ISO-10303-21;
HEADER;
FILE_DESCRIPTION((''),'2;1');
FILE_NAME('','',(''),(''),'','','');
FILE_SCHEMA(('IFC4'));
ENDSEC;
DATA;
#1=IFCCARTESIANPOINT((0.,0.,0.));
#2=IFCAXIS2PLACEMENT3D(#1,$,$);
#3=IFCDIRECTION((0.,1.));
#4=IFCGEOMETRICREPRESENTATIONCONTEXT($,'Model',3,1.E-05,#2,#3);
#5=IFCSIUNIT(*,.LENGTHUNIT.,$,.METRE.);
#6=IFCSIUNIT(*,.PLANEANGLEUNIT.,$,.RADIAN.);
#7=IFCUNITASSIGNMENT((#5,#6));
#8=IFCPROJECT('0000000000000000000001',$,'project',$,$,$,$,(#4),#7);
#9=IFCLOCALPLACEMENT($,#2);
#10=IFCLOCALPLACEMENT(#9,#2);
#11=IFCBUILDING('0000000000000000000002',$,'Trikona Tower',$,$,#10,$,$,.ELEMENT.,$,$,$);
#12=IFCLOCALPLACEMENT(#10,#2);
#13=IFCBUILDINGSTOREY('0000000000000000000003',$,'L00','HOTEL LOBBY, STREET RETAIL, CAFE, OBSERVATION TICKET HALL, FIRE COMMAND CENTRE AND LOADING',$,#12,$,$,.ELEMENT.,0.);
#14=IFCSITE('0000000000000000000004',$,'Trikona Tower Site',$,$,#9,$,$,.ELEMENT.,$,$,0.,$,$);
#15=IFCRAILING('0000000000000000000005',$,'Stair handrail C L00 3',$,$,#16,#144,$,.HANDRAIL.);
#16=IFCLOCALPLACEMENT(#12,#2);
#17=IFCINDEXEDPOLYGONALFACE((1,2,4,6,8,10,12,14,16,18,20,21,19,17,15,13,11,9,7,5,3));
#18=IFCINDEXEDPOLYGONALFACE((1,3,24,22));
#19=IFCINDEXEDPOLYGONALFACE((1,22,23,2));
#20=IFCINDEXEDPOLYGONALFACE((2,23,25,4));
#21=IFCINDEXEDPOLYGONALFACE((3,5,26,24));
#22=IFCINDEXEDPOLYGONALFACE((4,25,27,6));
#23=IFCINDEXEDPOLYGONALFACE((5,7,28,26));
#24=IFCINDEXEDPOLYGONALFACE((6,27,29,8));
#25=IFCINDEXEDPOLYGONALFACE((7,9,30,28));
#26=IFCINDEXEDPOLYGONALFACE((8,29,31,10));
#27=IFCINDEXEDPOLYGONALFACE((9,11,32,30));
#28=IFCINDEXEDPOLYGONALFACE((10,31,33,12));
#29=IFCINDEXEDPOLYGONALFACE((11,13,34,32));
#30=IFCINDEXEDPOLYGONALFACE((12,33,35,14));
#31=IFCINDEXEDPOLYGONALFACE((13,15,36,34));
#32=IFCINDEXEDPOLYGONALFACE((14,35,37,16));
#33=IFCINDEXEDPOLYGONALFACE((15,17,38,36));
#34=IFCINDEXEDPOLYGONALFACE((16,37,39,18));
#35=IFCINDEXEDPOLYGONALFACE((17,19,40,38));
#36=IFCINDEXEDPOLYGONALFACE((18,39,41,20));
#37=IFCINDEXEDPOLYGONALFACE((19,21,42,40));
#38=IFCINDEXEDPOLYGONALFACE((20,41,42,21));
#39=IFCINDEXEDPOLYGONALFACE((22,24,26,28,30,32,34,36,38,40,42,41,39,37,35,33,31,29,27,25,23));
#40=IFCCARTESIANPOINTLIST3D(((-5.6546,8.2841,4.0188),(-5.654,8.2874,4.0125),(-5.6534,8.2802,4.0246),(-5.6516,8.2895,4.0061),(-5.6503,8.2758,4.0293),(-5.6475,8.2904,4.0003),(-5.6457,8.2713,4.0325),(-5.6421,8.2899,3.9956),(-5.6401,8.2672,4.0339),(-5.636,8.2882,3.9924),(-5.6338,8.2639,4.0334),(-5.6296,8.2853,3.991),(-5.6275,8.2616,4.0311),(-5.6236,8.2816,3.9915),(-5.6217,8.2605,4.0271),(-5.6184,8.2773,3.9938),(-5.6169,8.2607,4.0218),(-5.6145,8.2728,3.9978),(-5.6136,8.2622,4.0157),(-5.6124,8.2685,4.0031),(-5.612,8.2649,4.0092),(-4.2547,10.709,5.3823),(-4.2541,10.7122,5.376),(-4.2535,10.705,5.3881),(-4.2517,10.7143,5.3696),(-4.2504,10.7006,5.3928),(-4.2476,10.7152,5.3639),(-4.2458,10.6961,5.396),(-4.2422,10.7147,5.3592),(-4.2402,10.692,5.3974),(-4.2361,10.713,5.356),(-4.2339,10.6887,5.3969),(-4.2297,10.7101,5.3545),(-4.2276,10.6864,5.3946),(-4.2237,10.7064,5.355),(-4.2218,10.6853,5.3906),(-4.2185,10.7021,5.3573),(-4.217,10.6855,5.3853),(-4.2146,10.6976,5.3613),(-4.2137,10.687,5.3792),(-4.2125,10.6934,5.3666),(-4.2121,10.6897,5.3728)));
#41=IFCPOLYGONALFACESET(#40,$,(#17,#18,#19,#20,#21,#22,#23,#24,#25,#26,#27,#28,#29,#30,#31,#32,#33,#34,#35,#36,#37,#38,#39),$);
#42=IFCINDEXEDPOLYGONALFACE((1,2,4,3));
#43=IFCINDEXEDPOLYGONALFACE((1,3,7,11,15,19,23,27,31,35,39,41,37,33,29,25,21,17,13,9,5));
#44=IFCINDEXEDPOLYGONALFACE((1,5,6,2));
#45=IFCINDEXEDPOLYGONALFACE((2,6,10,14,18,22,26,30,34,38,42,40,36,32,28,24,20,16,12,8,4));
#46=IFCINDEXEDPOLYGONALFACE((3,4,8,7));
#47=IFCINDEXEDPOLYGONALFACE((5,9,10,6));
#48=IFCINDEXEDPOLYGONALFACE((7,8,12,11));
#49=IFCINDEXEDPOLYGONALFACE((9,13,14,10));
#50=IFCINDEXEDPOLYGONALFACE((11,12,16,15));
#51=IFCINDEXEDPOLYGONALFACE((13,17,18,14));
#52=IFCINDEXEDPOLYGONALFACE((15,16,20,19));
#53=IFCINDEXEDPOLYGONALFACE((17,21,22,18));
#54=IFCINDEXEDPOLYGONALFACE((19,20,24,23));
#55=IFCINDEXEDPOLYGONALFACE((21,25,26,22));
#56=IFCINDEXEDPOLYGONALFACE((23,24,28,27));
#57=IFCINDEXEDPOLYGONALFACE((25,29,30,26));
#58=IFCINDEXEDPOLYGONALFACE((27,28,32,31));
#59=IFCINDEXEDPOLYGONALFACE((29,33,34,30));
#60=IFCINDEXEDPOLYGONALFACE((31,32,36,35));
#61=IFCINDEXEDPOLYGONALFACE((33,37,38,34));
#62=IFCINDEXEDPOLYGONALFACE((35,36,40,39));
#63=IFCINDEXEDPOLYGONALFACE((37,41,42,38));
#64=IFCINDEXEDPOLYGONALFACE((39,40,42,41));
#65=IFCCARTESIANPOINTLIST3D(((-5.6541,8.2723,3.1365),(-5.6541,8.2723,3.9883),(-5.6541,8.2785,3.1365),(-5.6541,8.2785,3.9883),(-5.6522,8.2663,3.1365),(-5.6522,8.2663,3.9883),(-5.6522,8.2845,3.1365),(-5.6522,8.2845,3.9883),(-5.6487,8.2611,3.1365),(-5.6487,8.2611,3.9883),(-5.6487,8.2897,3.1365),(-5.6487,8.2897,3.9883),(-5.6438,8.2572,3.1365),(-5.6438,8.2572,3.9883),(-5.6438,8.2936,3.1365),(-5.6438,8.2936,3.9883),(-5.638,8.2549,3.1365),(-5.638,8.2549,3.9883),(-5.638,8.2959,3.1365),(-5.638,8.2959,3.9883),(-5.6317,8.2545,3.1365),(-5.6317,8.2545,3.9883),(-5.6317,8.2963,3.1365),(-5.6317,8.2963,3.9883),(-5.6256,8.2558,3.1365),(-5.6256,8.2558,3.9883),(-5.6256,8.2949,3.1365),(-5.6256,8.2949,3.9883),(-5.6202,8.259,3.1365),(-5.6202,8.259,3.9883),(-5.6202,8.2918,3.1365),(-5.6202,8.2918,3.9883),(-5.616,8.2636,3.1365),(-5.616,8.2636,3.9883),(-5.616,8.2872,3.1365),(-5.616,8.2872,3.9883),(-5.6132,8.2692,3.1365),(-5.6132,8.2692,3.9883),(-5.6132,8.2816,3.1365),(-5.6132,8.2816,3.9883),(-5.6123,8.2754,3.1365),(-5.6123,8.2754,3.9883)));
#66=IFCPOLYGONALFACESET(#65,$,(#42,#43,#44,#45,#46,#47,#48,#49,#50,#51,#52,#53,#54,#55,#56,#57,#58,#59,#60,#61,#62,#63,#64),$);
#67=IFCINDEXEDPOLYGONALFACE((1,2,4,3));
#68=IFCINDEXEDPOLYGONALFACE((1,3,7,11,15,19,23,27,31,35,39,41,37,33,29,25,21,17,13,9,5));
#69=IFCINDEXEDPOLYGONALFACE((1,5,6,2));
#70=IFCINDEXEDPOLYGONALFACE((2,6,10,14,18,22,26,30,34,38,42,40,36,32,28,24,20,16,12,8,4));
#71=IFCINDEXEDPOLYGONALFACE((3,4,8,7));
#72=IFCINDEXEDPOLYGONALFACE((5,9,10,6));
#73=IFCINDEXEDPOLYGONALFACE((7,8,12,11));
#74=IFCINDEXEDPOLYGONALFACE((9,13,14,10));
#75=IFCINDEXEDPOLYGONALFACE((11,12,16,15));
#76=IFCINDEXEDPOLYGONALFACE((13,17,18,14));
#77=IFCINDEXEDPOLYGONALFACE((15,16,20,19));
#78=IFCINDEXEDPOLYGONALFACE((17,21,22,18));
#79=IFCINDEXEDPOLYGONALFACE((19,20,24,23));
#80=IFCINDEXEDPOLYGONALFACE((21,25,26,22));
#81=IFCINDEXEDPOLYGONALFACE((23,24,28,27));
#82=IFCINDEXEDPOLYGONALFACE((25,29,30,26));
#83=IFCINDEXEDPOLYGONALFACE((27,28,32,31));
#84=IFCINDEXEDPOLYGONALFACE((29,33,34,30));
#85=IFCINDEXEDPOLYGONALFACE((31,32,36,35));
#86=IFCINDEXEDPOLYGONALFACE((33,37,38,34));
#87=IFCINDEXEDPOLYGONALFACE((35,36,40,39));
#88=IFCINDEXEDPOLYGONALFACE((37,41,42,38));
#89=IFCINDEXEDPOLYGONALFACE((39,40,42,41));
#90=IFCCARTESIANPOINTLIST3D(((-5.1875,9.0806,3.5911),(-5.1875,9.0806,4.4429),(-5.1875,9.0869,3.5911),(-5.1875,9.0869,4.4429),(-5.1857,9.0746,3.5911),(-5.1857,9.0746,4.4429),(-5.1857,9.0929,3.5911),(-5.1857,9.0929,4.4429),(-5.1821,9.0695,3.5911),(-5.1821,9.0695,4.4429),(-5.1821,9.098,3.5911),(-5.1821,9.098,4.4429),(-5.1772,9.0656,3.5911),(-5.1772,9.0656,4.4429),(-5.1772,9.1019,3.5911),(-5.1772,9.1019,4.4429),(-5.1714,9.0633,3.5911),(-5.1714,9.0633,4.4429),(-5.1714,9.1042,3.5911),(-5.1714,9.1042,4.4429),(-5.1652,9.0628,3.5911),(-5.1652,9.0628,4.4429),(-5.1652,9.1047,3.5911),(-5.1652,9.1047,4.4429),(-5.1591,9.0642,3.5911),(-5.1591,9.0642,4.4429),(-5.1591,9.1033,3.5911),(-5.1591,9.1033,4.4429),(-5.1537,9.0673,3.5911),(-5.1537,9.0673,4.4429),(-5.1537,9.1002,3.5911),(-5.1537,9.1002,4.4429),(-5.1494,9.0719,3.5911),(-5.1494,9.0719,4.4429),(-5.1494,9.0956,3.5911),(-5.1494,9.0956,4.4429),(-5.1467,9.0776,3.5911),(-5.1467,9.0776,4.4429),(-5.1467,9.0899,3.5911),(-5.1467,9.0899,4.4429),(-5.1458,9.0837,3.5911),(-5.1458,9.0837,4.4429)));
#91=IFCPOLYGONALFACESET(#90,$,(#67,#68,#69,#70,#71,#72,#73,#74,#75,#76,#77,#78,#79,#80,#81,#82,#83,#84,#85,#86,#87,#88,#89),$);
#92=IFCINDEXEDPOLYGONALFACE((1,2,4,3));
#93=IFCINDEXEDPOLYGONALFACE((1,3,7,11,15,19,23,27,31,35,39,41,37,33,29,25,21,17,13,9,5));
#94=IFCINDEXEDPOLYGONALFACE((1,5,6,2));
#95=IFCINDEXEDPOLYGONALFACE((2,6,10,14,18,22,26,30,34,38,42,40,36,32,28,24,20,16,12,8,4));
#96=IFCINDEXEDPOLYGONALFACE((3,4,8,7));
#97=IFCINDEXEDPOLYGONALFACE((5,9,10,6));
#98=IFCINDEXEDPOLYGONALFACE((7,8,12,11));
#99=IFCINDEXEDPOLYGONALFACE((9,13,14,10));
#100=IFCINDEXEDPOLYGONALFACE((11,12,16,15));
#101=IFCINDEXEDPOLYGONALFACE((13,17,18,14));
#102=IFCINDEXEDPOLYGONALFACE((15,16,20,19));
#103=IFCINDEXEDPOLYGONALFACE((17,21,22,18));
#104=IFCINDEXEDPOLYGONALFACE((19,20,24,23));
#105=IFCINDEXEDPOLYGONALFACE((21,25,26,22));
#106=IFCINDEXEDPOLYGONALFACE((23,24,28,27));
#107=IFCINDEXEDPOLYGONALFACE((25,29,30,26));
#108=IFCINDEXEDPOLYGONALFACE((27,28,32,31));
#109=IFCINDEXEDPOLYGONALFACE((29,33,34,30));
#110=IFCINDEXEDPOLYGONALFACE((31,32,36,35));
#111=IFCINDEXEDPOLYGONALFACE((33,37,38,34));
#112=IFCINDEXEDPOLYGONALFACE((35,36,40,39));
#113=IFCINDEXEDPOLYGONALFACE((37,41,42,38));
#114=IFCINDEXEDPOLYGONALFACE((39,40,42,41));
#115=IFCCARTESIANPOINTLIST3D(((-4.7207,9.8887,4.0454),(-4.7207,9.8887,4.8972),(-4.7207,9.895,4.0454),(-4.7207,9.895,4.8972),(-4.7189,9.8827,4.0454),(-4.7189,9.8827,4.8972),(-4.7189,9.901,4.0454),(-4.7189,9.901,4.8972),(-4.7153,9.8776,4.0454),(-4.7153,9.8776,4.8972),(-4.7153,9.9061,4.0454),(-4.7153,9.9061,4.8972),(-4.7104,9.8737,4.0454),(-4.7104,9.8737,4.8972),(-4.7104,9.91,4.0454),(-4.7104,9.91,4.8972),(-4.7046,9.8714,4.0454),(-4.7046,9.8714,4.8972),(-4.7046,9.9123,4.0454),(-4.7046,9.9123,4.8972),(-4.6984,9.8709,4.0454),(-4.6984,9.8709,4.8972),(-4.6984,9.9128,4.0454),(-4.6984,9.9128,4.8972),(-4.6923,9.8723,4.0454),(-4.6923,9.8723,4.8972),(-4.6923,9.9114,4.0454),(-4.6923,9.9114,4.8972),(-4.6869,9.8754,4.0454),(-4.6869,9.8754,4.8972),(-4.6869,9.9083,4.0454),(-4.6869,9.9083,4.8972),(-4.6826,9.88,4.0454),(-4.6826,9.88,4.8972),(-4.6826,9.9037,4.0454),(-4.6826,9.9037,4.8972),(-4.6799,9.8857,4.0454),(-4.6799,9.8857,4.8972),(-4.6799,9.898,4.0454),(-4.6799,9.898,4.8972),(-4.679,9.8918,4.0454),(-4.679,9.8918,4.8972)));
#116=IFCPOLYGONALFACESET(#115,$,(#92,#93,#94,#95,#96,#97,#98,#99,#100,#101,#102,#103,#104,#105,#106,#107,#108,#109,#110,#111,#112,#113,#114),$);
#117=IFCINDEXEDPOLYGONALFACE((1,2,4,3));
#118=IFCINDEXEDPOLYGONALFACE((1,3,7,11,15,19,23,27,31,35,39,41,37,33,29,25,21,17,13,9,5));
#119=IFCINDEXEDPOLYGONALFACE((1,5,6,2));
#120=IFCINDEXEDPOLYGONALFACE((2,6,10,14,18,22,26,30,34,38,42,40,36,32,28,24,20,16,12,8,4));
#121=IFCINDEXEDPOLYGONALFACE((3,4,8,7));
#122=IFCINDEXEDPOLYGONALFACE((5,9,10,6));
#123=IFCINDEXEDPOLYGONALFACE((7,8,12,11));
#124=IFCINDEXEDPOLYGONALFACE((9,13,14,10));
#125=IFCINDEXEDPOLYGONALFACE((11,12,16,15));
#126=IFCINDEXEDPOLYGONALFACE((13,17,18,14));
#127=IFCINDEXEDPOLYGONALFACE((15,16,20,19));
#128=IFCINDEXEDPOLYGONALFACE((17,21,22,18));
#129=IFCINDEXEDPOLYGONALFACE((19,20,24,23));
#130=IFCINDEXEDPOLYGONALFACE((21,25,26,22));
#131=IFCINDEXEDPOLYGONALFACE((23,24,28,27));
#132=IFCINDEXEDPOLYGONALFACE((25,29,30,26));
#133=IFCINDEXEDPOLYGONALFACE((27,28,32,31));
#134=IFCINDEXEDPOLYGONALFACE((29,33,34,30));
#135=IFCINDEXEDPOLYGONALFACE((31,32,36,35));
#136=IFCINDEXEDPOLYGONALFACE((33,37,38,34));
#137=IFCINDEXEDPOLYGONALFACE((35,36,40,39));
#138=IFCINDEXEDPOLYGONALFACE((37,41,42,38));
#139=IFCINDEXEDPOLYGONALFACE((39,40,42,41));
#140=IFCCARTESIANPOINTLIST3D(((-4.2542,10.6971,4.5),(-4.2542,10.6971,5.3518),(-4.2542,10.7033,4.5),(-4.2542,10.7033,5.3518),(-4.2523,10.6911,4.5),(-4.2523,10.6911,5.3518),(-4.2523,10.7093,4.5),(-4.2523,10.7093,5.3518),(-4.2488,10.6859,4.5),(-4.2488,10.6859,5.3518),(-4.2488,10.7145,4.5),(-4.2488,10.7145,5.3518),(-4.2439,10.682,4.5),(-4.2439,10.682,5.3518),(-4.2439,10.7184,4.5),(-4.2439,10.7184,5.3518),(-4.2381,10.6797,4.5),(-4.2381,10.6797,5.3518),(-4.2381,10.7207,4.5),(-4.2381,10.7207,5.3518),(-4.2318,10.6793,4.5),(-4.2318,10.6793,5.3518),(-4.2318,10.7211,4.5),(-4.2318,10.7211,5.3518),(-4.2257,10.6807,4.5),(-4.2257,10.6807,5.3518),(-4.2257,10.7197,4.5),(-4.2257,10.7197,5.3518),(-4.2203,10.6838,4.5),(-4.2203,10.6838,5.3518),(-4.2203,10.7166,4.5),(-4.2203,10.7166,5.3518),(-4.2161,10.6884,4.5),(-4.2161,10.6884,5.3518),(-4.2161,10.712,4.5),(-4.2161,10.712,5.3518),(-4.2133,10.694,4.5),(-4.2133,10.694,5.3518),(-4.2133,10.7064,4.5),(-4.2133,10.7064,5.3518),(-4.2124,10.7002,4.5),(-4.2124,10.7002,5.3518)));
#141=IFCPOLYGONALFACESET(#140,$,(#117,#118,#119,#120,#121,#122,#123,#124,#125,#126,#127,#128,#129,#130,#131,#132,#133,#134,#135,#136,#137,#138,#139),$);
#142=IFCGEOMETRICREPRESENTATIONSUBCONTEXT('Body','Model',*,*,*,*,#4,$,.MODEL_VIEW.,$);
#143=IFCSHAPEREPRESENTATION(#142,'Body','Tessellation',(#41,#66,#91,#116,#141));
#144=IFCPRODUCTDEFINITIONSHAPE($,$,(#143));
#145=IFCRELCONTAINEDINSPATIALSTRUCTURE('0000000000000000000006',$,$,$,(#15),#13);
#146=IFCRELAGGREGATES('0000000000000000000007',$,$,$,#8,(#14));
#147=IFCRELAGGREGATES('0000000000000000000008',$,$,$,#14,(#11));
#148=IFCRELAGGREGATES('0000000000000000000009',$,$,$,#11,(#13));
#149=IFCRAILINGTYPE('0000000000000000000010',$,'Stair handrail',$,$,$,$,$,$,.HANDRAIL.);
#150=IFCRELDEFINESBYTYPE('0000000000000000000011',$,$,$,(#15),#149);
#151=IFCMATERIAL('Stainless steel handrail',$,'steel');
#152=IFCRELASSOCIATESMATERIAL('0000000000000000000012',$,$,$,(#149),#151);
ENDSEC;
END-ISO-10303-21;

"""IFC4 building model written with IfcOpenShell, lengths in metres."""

from ifc_helpers import new_model, si_unit, direction, frame, origin, origin_2d, place, context, subcontext, project, spatial, circle, extrude, material, type_object, element, save


model = new_model("IFC4")

# Units and contexts
model_context = context("Model", 3, precision=1e-05, world=origin(), true_north=direction((0.0, 1.0)))
body_context = subcontext(model_context, "Body", "Model", "MODEL_VIEW")
ifc_project = project(units=[si_unit("LENGTHUNIT", "METRE"), si_unit("PLANEANGLEUNIT", "RADIAN")], contexts=[model_context])

# Site, building, storey
site_placement = place(None, origin())
site = spatial("IfcSite", under=ifc_project, at=site_placement, Name="Trikona Tower Site", CompositionType="ELEMENT", RefElevation=0.0)
building_placement = place(site_placement, origin())
building = spatial("IfcBuilding", under=site, at=building_placement, Name="Trikona Tower", CompositionType="ELEMENT")
storey_placement = place(building_placement, origin())
storey = spatial("IfcBuildingStorey", under=building, at=storey_placement, Name="L00", Description="HOTEL LOBBY, STREET RETAIL, CAFE, OBSERVATION TICKET HALL, FIRE COMMAND CENTRE AND LOADING", CompositionType="ELEMENT", Elevation=0.0)

# Railing
ifc_material_1 = material(Name="Stainless steel handrail", Category="steel")
railing_type = type_object("IfcRailingType", Name="Stair handrail", PredefinedType="HANDRAIL", material=ifc_material_1)
railing_1_placement = place(storey_placement, frame((-5.6333, 8.2754, 3.1365)))
element("IfcRailing", 1, at=railing_1_placement, inside=storey, type_object=railing_type, Name="Stair handrail C L00 3", PredefinedType="HANDRAIL", context=body_context, shape_type="SweptSolid", body=[
    extrude(circle(Radius=0.0239, at=origin_2d()), frame((0.0, 0.0, 0.876), z_axis=(0.449514, 0.778614, 0.437833), x_axis=(-0.866035, 0.499984, 0.0)), (0.0, 0.0, 1.0), 3.1143),
    extrude(circle(Radius=0.021, at=origin_2d()), origin(), (0.0, 0.0, 1.0), 0.8518),
    extrude(circle(Radius=0.021, at=origin_2d()), frame((0.4666, 0.8083, 0.4546)), (0.0, 0.0, 1.0), 0.8518),
    extrude(circle(Radius=0.021, at=origin_2d()), frame((0.9333, 1.6165, 0.9089)), (0.0, 0.0, 1.0), 0.8518),
    extrude(circle(Radius=0.021, at=origin_2d()), frame((1.3999, 2.4248, 1.3635)), (0.0, 0.0, 1.0), 0.8518),
])

save(model, "model.ifc")
